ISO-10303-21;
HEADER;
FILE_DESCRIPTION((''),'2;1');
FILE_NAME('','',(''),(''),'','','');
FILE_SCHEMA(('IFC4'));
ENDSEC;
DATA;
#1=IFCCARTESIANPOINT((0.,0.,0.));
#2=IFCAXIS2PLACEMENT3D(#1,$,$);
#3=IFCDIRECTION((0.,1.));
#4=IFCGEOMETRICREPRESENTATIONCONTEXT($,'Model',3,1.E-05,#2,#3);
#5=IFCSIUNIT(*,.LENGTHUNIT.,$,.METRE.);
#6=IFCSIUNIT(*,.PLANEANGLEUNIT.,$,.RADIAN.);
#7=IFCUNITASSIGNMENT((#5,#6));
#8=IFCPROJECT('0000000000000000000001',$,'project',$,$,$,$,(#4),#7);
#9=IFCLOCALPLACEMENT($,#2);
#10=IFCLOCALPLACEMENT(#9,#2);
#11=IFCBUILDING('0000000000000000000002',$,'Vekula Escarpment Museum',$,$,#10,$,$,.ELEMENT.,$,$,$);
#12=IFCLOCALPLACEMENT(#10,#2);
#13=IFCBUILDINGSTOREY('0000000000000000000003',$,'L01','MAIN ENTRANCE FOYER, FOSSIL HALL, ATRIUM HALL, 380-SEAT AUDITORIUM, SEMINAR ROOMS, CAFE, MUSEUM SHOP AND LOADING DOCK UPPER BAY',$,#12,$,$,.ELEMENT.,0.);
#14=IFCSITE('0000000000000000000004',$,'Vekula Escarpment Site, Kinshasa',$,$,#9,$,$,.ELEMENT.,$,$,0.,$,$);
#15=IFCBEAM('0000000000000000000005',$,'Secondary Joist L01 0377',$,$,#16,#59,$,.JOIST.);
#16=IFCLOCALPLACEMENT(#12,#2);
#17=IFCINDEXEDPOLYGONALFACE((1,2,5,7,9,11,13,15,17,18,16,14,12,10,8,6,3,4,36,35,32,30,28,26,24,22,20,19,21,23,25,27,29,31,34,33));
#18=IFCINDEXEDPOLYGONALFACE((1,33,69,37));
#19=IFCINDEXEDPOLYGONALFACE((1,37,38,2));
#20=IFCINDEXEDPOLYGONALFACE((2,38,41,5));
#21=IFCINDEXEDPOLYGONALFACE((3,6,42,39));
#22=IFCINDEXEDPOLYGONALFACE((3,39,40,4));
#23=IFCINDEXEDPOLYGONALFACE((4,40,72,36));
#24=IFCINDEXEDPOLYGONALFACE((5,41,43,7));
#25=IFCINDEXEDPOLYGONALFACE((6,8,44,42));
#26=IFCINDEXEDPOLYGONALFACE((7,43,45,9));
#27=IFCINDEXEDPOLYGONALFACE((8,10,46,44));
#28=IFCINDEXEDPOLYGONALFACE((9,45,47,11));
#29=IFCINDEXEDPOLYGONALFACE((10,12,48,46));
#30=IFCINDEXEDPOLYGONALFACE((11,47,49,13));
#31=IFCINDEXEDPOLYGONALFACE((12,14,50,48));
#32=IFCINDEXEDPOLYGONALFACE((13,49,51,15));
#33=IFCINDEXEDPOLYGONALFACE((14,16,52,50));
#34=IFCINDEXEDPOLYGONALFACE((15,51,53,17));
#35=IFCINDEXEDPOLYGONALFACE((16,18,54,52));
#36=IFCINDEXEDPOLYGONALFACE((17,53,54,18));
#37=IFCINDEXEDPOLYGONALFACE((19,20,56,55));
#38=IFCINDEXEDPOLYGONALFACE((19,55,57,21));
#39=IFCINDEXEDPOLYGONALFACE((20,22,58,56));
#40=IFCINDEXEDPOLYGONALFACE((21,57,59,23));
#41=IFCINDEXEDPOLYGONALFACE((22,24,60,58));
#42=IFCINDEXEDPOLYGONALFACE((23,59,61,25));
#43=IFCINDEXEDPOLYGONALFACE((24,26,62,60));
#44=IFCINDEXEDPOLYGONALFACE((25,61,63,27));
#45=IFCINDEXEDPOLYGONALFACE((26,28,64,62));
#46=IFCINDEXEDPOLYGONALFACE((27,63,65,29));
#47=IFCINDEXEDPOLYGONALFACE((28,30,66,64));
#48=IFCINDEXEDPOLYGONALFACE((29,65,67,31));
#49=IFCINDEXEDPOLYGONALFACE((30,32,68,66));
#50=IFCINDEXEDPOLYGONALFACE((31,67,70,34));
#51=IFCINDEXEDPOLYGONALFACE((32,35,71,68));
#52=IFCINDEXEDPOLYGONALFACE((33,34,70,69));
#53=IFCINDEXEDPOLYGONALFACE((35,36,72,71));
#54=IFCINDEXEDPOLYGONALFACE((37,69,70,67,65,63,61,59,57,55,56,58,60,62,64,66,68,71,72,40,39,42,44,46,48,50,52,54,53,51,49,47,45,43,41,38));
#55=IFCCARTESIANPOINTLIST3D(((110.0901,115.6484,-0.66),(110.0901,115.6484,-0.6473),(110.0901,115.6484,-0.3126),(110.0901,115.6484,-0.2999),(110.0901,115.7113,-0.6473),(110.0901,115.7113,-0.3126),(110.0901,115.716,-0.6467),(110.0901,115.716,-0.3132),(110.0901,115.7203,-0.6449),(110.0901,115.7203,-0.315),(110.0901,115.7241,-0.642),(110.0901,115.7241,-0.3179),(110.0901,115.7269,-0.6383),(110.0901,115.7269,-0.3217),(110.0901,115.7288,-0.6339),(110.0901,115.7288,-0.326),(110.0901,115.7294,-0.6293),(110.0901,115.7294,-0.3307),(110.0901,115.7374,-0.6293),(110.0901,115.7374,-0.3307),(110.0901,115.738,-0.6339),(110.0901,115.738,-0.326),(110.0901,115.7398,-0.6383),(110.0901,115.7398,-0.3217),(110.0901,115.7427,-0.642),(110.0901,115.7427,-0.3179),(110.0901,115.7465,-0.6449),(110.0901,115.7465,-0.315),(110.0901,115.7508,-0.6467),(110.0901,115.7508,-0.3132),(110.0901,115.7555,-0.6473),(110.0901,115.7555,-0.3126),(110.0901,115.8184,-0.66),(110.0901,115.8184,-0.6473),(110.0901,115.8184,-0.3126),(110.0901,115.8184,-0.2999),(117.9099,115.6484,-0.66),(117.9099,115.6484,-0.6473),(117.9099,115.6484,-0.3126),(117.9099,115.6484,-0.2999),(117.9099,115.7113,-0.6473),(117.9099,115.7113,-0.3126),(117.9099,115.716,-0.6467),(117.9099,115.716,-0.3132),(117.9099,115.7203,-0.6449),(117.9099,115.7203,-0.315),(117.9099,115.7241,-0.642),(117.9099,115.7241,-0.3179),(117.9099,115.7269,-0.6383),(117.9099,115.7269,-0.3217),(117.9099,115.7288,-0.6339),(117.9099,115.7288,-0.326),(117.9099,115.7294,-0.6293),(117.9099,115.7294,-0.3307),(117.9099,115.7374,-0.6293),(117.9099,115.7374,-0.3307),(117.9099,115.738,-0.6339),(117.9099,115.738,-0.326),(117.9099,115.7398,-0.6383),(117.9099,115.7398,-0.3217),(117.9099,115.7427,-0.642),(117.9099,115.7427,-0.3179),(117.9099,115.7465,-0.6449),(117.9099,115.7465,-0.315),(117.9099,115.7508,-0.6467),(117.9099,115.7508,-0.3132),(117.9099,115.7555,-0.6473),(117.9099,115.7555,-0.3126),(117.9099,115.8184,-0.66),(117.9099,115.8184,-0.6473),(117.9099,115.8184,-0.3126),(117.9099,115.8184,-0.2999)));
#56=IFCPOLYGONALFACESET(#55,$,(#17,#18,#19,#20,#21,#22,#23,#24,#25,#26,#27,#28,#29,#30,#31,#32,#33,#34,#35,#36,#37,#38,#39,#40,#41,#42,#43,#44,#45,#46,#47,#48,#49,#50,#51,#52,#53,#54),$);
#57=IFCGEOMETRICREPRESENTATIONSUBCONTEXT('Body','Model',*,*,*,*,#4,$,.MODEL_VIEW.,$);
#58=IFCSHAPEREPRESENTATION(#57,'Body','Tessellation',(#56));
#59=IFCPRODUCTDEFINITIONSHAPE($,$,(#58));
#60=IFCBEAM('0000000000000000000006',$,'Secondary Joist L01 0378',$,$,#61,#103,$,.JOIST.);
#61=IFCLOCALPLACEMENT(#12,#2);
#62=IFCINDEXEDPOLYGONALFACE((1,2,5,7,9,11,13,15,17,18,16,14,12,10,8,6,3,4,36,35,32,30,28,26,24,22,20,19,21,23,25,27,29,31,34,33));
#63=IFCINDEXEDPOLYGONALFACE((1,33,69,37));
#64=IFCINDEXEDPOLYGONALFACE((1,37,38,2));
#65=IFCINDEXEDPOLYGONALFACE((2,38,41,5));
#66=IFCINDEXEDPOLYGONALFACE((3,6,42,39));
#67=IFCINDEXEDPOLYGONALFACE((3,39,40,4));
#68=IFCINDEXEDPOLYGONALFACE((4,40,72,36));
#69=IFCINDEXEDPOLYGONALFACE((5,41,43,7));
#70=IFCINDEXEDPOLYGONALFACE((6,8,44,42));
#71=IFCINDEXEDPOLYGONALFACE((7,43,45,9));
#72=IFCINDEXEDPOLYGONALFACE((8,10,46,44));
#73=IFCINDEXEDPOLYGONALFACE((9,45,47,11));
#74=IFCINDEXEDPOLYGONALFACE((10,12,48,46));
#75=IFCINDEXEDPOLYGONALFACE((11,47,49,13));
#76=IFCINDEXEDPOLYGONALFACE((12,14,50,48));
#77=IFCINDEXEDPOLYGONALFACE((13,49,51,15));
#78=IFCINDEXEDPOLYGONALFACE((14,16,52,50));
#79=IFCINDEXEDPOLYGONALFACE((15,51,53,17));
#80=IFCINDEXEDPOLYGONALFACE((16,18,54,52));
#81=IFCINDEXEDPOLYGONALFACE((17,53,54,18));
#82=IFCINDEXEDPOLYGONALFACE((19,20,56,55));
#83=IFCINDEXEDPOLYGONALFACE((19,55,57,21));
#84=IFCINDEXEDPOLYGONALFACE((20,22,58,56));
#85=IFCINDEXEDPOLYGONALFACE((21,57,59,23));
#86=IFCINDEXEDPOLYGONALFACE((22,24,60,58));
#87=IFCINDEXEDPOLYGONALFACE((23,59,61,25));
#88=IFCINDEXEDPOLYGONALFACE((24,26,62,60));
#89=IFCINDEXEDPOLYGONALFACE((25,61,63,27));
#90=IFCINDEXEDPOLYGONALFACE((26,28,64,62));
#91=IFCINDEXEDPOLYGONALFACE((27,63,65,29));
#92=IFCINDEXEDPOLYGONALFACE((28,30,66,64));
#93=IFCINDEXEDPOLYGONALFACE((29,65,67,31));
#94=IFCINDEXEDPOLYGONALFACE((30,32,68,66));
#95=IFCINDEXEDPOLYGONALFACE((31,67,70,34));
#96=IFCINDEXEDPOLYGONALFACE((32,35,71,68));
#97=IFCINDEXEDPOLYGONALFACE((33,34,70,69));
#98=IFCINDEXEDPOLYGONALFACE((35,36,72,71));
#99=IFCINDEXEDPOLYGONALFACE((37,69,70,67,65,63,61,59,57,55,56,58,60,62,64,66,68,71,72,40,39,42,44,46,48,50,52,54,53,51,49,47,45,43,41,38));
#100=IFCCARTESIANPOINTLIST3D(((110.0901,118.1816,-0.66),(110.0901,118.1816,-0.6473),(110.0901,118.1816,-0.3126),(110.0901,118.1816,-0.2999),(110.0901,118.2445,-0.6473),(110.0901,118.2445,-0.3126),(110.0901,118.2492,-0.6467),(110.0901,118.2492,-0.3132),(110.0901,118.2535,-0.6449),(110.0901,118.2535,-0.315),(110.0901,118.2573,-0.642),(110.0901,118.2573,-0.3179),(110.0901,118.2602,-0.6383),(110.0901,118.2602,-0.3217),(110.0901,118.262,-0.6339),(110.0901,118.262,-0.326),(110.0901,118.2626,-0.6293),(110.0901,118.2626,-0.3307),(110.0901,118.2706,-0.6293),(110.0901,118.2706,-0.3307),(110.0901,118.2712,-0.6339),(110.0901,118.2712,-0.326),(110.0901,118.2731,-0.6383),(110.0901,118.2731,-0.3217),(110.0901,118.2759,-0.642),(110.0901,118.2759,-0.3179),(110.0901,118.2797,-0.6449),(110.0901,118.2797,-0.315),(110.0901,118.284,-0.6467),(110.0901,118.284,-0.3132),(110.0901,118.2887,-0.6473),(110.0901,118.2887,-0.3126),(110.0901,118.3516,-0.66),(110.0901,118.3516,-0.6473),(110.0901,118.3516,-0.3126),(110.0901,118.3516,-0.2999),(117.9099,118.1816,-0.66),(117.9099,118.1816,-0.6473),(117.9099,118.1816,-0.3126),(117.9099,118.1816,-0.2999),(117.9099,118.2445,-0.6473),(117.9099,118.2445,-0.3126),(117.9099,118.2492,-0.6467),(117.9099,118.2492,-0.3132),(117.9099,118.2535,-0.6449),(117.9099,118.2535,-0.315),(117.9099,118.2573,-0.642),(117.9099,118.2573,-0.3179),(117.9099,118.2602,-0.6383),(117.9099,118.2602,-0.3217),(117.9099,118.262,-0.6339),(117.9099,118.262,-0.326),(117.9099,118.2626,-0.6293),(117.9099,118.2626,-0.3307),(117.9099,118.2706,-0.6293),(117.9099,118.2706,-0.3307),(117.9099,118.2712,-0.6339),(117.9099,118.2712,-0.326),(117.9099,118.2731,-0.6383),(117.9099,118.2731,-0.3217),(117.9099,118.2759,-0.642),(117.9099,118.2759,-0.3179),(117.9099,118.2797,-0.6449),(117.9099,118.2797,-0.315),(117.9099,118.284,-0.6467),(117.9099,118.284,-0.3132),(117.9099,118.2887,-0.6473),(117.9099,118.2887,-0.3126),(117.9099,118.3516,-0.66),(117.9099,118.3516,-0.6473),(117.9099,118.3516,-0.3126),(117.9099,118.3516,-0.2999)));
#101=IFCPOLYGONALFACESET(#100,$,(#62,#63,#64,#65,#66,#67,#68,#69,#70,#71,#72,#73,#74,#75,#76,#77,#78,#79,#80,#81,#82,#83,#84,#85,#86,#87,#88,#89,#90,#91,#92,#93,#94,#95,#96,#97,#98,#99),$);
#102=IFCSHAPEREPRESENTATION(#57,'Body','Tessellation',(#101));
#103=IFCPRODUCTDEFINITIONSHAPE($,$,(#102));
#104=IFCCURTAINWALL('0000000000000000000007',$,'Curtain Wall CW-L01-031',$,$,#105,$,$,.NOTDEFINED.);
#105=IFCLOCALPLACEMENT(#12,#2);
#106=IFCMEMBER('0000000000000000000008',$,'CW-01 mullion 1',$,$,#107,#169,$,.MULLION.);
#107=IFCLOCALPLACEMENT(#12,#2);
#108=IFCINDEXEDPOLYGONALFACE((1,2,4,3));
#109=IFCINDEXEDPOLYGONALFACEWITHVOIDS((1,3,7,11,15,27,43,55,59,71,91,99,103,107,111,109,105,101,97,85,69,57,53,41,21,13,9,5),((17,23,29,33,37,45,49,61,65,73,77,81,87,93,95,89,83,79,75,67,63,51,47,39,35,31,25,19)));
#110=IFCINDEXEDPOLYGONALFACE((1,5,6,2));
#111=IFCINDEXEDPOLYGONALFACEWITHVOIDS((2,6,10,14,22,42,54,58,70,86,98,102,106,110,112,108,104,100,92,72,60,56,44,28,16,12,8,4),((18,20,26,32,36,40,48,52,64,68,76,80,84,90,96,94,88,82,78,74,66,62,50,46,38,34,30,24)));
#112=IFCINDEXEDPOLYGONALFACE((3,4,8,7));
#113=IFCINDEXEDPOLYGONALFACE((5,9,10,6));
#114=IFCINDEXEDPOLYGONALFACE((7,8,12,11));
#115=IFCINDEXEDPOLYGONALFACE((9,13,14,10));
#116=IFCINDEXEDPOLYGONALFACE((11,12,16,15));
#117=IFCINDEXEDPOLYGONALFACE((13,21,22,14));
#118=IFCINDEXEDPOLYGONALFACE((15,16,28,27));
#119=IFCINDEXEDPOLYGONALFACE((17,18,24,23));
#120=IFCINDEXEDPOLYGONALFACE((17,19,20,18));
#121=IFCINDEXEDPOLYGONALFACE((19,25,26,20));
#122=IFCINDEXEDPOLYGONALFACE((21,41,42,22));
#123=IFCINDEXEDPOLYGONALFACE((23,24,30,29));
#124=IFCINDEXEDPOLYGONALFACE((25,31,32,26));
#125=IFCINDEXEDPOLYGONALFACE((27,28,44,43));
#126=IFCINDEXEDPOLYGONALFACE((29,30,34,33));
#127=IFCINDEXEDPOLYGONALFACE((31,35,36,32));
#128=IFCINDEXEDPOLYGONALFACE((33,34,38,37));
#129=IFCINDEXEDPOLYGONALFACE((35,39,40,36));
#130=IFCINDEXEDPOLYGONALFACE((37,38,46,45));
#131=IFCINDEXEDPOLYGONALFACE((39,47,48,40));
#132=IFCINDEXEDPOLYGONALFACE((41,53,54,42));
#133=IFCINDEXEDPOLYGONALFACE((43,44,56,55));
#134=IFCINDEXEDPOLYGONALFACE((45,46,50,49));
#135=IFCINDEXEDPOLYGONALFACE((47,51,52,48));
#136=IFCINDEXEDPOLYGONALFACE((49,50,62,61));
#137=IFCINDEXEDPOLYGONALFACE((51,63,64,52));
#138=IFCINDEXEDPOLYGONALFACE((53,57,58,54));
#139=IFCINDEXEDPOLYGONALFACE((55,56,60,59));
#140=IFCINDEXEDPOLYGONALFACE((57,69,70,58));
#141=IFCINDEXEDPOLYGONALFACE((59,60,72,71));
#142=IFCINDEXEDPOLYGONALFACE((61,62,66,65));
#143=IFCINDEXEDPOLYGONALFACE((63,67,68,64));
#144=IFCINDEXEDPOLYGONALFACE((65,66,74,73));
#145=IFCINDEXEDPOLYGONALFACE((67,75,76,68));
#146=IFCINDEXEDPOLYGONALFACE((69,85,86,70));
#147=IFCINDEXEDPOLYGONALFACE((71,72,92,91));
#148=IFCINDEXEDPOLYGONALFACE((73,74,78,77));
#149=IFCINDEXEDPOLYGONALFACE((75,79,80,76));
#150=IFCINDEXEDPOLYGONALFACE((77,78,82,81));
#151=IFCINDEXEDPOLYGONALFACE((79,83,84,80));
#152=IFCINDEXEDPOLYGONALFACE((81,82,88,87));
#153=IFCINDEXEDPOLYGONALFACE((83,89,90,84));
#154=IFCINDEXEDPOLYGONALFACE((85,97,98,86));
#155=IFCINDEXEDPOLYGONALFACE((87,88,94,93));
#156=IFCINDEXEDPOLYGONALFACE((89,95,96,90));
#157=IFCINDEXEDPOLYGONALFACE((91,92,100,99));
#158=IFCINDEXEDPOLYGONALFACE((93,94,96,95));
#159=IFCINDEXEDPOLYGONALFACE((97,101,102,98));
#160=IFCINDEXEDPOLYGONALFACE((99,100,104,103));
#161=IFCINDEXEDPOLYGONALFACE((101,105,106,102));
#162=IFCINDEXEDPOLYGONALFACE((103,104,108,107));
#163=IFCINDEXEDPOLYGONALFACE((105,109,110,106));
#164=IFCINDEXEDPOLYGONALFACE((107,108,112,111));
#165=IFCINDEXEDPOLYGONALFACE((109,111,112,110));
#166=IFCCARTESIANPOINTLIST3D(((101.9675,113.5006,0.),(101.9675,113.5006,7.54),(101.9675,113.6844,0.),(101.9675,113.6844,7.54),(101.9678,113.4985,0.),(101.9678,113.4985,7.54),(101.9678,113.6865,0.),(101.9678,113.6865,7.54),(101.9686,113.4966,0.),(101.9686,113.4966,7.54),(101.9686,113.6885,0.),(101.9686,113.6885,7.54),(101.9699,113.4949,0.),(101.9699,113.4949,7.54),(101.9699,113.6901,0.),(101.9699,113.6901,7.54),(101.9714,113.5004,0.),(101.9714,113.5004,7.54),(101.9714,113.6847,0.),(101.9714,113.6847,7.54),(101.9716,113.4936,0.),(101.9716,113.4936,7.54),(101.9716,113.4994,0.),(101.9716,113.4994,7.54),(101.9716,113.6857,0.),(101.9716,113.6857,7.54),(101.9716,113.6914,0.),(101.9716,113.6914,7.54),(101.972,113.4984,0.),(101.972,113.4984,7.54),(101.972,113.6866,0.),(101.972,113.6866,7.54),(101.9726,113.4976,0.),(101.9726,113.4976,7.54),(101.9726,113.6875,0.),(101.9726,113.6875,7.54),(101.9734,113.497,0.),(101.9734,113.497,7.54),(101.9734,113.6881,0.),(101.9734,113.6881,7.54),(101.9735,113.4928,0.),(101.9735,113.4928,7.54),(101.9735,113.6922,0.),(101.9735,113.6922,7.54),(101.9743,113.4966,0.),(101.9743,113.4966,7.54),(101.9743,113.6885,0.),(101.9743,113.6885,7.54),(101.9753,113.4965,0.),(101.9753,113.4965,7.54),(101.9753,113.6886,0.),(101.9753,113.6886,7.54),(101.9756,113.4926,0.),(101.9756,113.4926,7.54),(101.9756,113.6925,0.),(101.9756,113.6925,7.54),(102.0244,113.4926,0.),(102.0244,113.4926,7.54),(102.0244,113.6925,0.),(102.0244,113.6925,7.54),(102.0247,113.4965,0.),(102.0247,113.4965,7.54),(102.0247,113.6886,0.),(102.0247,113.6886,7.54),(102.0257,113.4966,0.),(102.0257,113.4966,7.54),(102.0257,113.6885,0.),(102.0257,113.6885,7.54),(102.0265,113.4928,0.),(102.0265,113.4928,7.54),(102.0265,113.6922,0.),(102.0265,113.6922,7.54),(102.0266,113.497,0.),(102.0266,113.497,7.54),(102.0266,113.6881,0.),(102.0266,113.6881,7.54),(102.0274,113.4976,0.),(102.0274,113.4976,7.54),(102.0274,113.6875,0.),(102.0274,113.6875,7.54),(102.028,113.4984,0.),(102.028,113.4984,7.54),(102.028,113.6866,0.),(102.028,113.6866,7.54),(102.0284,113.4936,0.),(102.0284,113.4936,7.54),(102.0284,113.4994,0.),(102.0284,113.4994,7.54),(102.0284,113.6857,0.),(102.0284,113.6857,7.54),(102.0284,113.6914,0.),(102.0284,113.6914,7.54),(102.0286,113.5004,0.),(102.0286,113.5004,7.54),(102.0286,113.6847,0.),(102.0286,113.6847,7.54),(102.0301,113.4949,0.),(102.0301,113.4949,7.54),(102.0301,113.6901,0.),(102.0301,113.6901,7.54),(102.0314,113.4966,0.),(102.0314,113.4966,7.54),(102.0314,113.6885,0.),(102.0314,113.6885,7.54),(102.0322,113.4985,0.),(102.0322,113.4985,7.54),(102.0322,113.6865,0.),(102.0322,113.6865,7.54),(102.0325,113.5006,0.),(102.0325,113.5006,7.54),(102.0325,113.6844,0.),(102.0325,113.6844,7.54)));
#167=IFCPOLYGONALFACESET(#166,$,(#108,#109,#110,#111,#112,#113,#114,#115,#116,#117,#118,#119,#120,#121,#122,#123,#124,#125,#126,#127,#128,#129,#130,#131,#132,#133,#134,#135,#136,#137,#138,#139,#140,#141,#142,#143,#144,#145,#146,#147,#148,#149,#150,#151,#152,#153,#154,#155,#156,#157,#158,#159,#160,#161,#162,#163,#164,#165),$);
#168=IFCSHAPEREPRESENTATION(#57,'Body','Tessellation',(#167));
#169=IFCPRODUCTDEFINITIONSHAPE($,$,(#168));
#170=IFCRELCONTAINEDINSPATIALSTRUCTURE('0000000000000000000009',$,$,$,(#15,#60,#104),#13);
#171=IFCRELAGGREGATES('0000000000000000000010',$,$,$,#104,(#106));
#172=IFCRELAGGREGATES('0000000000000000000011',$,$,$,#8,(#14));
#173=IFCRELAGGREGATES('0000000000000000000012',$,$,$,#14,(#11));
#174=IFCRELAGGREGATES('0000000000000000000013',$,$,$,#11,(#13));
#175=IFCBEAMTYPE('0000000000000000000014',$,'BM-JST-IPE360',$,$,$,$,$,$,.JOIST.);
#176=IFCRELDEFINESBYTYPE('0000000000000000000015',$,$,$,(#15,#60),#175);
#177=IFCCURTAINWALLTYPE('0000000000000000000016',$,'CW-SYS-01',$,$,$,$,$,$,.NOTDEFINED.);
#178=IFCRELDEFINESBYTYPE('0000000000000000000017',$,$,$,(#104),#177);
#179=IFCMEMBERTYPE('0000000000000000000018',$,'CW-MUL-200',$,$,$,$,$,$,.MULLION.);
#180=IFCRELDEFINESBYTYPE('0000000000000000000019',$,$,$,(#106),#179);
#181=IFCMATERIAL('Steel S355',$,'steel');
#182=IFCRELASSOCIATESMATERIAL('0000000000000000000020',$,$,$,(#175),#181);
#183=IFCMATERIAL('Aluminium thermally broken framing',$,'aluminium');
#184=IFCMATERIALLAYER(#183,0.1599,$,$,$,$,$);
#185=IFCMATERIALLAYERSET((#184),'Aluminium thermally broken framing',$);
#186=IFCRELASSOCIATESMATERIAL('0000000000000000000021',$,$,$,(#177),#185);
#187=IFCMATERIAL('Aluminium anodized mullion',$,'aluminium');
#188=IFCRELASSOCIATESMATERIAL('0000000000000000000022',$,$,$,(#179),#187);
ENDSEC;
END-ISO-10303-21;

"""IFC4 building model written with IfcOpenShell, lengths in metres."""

from ifc_helpers import new_model, si_unit, direction, frame, origin, origin_2d, place, context, subcontext, project, spatial, hollow_rectangle, i_section, extrude, material, layer, layer_set, material_profile, profile_set, type_object, element, aggregate, save


model = new_model("IFC4")

# Units and contexts
model_context = context("Model", 3, precision=1e-05, world=origin(), true_north=direction((0.0, 1.0)))
body_context = subcontext(model_context, "Body", "Model", "MODEL_VIEW")
ifc_project = project(units=[si_unit("LENGTHUNIT", "METRE"), si_unit("PLANEANGLEUNIT", "RADIAN")], contexts=[model_context])

# Site, building, storey
site_placement = place(None, origin())
site = spatial("IfcSite", under=ifc_project, at=site_placement, Name="Vekula Escarpment Site, Kinshasa", CompositionType="ELEMENT", RefElevation=0.0)
building_placement = place(site_placement, origin())
building = spatial("IfcBuilding", under=site, at=building_placement, Name="Vekula Escarpment Museum", CompositionType="ELEMENT")
storey_placement = place(building_placement, origin())
storey = spatial("IfcBuildingStorey", under=building, at=storey_placement, Name="L01", Description="MAIN ENTRANCE FOYER, FOSSIL HALL, ATRIUM HALL, 380-SEAT AUDITORIUM, SEMINAR ROOMS, CAFE, MUSEUM SHOP AND LOADING DOCK UPPER BAY", CompositionType="ELEMENT", Elevation=0.0)

# Beams
ifc_material_1 = material(Name="Steel S355", Category="steel")
ifc_material_profile_1 = material_profile(ifc_material_1, i_section(OverallWidth=0.1699, OverallDepth=0.3601, WebThickness=0.0081, FlangeThickness=0.0127, FilletRadius=0.0181, at=origin_2d()), Name="IPE 360")
ifc_profile_set_1 = profile_set([ifc_material_profile_1], Name="Steel S355")
beam_type_1 = type_object("IfcBeamType", Name="BM-JST-IPE360", PredefinedType="JOIST", material=ifc_profile_set_1)
for number, where, z_axis, x_axis, name in (
    (1, (110.0901, 115.7334, -0.48), (1.0, 0.0, 0.0), (0.0, 1.0, 0.0), "Secondary Joist L01 0377"),
    (2, (110.0901, 118.2666, -0.48), (1.0, 0.0, 0.0), (0.0, 1.0, 0.0), "Secondary Joist L01 0378"),
):
    element("IfcBeam", number, at=place(storey_placement, frame(where, z_axis=z_axis, x_axis=x_axis)), inside=storey, type_object=beam_type_1, Name=name, PredefinedType="JOIST", context=body_context, shape_type="SweptSolid", body=[
        extrude(i_section(OverallWidth=0.1699, OverallDepth=0.3601, WebThickness=0.0081, FlangeThickness=0.0127, FilletRadius=0.0181, at=origin_2d()), origin(), (0.0, 0.0, 1.0), 7.8198),
    ])

# Curtain wall, member
ifc_material_2 = material(Name="Aluminium thermally broken framing", Category="aluminium")
ifc_layer_1 = layer(ifc_material_2, 0.1599)
ifc_layer_set_1 = layer_set([ifc_layer_1], Name="Aluminium thermally broken framing")
curtain_wall_type = type_object("IfcCurtainWallType", Name="CW-SYS-01", PredefinedType="NOTDEFINED", material=ifc_layer_set_1)
curtain_wall_placement = place(storey_placement, origin())
curtain_wall = element("IfcCurtainWall", 3, at=curtain_wall_placement, inside=storey, type_object=curtain_wall_type, Name="Curtain Wall CW-L01-031", PredefinedType="NOTDEFINED")
ifc_material_3 = material(Name="Aluminium anodized mullion", Category="aluminium")
ifc_material_profile_2 = material_profile(ifc_material_3, hollow_rectangle(XDim=0.0649, YDim=0.2, WallThickness=0.0039, InnerFilletRadius=0.0039, OuterFilletRadius=0.0081, at=origin_2d()), Name="ALU 200x65x4")
ifc_profile_set_2 = profile_set([ifc_material_profile_2], Name="Aluminium anodized mullion")
member_type_1 = type_object("IfcMemberType", Name="CW-MUL-200", PredefinedType="MULLION", material=ifc_profile_set_2)
member_1_placement = place(storey_placement, frame((102.0, 113.5925, 0.0), z_axis=(0.0, 0.0, 1.0), x_axis=(-1.0, 0.0, 0.0)))
member_1 = element("IfcMember", 4, at=member_1_placement, type_object=member_type_1, Name="CW-01 mullion 1", PredefinedType="MULLION", context=body_context, shape_type="SweptSolid", body=[
    extrude(hollow_rectangle(XDim=0.0649, YDim=0.2, WallThickness=0.0039, InnerFilletRadius=0.0039, OuterFilletRadius=0.0081, at=origin_2d()), origin(), (0.0, 0.0, 1.0), 7.54),
])
aggregate(curtain_wall, [member_1])

save(model, "model.ifc")
